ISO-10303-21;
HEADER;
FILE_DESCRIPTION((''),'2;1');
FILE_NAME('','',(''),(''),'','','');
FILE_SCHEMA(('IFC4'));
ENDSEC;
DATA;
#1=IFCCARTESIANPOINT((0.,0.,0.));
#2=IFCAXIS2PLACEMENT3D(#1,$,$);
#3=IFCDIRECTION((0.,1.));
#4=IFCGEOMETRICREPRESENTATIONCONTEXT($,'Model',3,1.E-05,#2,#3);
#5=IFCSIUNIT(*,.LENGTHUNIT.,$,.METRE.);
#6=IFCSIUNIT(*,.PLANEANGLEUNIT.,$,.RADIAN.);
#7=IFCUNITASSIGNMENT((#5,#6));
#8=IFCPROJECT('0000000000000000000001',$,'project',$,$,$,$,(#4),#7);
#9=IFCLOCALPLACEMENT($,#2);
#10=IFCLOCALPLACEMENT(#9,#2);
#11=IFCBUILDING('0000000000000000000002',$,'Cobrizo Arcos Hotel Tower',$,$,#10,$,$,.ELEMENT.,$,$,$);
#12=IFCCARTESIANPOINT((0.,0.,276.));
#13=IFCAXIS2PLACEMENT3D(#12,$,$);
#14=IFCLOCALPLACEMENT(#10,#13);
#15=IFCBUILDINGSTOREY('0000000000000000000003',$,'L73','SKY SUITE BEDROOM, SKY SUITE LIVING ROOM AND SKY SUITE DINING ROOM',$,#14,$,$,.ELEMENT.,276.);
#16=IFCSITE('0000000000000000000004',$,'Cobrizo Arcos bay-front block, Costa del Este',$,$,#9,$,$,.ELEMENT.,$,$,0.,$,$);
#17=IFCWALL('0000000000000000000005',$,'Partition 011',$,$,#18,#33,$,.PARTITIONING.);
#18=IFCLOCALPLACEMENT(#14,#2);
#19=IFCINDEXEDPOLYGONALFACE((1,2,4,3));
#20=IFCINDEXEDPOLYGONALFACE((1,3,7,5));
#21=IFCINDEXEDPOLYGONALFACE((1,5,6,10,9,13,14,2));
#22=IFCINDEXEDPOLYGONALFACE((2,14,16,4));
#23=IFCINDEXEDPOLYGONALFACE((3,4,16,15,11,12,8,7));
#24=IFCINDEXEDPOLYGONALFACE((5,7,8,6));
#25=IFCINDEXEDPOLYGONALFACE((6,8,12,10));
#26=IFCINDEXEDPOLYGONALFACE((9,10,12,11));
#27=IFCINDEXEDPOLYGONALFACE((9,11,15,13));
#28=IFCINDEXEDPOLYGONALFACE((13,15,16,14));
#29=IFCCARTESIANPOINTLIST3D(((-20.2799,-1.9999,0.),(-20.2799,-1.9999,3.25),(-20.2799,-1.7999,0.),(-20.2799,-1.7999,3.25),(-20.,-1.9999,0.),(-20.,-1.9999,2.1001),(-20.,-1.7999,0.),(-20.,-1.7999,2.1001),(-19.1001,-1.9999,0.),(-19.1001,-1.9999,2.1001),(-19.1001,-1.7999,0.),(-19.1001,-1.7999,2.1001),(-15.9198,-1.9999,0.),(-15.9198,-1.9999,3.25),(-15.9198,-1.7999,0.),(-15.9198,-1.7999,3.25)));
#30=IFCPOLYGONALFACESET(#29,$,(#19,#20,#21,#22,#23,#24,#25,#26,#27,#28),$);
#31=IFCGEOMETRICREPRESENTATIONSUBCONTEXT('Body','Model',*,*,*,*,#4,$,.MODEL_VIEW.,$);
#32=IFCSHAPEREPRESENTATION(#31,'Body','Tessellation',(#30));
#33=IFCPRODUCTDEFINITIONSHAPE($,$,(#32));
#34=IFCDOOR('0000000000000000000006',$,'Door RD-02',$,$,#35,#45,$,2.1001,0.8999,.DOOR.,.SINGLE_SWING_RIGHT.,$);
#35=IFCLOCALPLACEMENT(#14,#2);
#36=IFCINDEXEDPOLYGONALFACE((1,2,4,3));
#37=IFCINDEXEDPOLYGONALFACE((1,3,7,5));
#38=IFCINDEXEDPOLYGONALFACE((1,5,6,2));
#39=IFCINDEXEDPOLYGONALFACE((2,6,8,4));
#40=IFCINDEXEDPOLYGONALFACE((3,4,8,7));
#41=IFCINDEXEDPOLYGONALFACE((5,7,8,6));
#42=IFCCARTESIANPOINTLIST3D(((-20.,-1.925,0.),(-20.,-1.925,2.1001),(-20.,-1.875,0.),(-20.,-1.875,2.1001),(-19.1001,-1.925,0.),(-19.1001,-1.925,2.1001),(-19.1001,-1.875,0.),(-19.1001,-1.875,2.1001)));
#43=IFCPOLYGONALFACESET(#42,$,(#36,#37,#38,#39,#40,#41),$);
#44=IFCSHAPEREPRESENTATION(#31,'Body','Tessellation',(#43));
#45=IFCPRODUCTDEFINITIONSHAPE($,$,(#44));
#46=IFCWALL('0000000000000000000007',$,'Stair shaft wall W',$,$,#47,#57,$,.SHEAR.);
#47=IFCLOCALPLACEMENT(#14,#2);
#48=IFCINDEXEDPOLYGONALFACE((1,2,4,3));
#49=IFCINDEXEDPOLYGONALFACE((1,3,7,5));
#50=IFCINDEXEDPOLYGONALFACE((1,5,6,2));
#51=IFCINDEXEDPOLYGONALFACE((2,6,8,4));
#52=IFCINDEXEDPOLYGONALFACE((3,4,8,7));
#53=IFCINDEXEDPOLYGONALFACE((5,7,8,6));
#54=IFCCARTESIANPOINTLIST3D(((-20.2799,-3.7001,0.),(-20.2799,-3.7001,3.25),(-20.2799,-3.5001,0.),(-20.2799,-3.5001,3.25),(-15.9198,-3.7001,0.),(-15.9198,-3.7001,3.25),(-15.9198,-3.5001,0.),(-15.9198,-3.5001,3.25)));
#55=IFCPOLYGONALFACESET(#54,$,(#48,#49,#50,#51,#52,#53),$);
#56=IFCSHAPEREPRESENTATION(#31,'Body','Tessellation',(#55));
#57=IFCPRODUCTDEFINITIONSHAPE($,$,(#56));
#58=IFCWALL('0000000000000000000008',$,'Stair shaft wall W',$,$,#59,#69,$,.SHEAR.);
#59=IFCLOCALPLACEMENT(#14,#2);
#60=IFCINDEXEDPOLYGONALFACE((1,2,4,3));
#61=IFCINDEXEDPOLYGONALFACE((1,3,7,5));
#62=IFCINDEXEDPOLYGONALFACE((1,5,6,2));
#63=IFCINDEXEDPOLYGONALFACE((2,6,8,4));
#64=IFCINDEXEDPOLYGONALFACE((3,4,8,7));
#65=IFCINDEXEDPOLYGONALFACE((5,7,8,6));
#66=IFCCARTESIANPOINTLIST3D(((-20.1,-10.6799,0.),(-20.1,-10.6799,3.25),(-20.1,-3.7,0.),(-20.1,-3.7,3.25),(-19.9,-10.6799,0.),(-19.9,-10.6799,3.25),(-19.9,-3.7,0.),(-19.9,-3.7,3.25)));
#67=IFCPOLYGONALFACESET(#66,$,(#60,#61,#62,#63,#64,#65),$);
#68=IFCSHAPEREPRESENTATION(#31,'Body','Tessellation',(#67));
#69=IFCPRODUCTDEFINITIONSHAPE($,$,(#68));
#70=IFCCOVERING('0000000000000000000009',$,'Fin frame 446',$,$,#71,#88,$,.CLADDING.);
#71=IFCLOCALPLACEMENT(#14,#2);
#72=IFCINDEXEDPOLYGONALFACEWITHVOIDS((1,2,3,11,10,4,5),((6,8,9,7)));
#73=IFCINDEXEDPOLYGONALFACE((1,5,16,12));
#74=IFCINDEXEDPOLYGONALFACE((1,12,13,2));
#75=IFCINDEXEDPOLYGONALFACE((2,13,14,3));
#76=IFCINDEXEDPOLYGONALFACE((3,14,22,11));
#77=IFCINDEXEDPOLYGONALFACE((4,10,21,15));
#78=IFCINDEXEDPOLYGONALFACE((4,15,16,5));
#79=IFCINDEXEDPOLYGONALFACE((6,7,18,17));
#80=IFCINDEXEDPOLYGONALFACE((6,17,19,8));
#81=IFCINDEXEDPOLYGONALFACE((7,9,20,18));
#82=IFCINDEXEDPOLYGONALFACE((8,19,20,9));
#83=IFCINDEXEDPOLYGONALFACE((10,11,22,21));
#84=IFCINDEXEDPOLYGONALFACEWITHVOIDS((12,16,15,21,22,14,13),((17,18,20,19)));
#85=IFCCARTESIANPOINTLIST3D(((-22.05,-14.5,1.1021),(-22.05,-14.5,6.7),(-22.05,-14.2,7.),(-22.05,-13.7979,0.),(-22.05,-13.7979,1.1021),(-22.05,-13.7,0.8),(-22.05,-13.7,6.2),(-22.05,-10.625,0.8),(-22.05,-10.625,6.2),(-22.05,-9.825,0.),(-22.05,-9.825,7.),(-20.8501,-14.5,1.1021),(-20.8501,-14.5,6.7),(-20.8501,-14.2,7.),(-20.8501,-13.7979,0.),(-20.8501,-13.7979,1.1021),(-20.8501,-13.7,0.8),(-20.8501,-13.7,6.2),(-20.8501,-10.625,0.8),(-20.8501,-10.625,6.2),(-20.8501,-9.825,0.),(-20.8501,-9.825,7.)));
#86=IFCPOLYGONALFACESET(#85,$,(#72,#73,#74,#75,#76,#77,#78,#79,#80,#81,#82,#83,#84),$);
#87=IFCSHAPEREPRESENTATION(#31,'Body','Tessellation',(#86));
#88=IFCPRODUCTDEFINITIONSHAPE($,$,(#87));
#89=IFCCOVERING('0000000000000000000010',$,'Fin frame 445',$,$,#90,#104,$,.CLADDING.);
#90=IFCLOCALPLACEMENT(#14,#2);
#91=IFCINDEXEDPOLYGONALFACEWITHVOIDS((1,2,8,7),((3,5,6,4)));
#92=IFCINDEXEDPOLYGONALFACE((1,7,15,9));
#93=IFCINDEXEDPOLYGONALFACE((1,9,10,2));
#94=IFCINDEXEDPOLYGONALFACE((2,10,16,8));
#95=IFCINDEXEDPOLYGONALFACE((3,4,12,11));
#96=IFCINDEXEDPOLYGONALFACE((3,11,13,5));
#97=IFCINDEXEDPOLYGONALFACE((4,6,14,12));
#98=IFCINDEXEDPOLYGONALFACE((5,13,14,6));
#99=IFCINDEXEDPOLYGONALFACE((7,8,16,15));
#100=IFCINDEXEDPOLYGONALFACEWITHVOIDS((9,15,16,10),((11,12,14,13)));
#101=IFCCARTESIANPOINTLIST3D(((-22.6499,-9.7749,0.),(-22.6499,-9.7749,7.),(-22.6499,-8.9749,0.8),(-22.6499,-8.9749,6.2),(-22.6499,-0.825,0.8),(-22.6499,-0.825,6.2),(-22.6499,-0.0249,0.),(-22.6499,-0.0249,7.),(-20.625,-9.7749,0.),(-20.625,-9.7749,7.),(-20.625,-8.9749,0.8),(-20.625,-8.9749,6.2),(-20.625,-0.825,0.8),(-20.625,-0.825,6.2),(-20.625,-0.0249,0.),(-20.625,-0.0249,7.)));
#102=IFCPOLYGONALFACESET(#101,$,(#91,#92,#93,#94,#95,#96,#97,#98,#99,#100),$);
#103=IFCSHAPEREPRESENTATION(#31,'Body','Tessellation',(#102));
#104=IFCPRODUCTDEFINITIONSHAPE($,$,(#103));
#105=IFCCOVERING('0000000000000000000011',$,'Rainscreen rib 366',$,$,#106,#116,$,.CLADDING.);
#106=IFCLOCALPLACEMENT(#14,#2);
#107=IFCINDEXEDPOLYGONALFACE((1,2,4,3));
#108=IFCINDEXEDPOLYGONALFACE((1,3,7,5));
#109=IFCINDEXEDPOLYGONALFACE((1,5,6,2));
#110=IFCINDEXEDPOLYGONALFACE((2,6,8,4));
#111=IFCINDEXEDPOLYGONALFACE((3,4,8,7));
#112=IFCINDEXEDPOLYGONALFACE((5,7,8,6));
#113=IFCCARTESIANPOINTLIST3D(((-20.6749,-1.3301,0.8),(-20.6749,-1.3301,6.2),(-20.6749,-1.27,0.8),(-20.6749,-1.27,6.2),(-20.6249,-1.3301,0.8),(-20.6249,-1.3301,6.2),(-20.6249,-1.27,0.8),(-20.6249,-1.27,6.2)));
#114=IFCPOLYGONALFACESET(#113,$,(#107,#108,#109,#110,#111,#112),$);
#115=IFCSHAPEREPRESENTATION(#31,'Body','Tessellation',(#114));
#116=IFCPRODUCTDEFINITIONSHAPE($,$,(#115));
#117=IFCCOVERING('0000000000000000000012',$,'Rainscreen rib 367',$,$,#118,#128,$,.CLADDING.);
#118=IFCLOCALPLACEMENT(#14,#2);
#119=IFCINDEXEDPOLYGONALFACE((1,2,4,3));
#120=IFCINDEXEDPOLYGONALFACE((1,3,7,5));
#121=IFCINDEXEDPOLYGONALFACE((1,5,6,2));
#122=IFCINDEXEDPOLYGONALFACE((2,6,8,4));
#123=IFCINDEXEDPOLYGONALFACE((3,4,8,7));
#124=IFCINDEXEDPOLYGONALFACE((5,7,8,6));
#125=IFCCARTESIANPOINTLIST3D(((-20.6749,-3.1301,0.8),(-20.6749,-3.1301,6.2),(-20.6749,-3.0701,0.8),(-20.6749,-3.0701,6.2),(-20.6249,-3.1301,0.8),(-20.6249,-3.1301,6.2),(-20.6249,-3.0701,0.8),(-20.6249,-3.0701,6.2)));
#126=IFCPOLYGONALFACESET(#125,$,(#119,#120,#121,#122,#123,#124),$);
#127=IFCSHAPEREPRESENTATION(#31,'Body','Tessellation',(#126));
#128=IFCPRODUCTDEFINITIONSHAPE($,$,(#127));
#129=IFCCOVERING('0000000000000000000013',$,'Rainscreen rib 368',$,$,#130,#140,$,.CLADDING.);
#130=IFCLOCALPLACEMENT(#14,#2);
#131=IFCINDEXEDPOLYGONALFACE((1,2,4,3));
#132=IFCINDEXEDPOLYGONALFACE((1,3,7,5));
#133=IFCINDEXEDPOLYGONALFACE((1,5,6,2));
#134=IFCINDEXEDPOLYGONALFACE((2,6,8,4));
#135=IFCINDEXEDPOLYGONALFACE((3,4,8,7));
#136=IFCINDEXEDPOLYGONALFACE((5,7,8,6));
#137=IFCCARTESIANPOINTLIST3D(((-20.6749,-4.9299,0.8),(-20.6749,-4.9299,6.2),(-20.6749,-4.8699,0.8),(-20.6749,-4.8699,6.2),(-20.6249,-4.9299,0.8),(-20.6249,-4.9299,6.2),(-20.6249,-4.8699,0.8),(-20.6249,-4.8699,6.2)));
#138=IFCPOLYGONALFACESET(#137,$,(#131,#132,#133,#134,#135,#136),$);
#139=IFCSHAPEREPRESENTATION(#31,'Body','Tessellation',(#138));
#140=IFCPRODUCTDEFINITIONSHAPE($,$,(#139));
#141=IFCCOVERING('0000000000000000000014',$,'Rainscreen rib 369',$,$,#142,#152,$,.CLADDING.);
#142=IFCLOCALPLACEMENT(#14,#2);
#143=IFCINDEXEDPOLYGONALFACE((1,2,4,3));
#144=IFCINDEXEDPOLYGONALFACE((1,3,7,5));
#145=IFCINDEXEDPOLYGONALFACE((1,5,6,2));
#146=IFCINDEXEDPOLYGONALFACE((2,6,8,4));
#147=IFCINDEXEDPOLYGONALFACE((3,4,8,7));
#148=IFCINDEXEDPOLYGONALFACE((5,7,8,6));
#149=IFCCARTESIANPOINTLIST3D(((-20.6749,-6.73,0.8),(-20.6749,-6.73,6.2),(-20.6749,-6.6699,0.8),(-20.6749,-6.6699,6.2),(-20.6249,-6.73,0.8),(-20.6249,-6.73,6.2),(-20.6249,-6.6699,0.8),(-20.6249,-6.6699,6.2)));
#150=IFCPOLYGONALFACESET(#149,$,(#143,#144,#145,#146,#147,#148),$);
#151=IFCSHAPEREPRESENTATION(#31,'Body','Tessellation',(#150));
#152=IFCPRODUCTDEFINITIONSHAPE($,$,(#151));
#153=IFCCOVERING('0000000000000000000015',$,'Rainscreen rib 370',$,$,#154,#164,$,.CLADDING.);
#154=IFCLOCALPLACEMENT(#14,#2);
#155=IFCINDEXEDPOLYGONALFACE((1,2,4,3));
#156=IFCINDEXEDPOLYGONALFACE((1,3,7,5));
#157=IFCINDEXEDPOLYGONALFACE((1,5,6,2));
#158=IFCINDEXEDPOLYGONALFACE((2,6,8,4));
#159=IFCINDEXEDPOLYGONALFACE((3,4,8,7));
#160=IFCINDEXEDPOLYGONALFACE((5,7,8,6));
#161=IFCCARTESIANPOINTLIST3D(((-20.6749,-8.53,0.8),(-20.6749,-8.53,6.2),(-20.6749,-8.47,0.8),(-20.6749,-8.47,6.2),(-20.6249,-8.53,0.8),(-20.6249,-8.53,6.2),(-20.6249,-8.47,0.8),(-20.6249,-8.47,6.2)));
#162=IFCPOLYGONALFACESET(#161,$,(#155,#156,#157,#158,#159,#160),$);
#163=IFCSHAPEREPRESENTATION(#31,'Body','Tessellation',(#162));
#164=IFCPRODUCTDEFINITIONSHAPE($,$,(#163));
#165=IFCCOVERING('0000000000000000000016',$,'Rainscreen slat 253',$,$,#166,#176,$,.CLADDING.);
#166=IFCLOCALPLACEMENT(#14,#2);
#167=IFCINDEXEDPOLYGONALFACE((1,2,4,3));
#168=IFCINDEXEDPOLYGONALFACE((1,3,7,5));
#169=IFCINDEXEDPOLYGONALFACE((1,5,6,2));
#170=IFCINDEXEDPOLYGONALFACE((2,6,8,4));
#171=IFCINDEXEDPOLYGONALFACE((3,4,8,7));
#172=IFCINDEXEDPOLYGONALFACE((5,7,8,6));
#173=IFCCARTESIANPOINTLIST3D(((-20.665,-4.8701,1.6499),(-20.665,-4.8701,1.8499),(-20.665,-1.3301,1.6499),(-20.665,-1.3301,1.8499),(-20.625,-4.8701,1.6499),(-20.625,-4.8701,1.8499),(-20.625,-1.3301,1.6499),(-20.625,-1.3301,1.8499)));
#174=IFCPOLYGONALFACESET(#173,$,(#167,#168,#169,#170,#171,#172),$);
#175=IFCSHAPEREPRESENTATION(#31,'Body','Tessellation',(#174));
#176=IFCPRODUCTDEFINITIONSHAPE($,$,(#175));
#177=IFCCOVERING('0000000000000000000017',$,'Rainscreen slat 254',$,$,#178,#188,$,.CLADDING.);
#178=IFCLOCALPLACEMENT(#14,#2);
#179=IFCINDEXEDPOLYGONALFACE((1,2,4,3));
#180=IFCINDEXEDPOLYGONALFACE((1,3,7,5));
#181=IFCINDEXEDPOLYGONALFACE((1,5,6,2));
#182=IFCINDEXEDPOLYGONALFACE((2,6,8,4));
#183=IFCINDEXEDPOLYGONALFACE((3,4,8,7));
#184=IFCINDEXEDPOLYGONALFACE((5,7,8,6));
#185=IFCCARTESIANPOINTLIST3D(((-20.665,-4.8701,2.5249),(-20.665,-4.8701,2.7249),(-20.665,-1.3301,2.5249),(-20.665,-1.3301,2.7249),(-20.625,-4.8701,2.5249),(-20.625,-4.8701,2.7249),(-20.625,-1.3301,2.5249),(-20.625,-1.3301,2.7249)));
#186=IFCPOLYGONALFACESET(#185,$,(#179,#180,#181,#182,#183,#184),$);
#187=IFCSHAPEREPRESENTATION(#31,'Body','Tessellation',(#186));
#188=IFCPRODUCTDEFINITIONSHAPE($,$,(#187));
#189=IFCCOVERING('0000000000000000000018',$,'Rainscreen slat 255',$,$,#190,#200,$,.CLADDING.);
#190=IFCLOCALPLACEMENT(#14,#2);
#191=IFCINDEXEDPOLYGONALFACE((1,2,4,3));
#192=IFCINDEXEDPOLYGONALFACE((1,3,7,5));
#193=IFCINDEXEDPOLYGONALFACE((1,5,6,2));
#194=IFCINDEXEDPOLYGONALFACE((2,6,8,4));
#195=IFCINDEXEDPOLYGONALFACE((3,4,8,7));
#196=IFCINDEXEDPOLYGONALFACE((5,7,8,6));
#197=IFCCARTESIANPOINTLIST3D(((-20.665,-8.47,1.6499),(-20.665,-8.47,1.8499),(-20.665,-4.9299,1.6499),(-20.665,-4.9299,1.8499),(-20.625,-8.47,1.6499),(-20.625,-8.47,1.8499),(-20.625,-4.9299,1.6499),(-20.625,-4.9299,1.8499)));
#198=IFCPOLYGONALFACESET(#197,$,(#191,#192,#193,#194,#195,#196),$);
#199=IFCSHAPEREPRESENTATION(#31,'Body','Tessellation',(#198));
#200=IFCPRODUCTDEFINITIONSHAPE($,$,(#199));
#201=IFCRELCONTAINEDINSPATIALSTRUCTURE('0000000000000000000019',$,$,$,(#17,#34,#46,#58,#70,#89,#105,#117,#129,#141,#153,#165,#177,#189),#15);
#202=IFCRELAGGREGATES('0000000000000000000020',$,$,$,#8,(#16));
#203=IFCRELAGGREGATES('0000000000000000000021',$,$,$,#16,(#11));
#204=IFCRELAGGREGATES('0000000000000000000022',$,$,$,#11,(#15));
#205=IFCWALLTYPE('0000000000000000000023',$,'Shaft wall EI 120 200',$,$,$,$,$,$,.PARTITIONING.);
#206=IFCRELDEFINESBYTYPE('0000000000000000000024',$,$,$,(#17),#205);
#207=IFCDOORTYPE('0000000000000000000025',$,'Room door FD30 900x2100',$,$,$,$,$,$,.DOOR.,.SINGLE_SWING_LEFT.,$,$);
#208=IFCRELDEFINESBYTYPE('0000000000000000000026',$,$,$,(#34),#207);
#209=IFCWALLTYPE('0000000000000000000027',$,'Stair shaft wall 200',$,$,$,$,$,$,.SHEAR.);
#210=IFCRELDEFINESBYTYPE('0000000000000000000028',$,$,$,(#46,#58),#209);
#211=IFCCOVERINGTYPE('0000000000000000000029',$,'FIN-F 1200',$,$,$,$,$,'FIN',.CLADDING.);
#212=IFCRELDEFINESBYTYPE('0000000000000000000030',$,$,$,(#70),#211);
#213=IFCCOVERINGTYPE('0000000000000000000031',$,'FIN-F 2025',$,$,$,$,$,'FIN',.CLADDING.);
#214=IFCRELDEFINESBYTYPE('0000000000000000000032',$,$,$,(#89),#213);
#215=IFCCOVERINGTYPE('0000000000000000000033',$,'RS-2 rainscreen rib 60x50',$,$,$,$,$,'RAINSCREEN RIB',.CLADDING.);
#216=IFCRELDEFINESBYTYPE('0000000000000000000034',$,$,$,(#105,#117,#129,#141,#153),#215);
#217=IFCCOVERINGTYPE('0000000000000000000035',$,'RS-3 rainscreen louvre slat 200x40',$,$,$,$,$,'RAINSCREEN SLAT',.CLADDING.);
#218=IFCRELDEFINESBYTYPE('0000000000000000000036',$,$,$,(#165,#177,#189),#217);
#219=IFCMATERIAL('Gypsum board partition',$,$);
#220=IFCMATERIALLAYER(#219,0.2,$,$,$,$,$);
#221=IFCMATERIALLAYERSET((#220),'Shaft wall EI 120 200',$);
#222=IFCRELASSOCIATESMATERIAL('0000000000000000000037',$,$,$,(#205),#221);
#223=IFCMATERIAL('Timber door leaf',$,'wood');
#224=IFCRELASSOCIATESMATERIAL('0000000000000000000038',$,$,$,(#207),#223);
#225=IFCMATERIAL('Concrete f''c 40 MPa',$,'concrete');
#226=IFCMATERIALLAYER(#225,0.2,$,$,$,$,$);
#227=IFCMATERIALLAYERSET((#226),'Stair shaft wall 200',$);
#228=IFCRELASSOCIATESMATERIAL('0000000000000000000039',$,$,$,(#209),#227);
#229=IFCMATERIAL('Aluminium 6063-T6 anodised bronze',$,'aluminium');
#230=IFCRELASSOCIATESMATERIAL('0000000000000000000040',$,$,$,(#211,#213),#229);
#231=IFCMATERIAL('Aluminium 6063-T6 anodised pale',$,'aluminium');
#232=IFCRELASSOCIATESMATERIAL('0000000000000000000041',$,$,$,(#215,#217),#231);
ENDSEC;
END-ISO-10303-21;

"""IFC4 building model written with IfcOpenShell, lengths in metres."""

from ifc_helpers import new_model, si_unit, direction, frame, frame_2d, origin, origin_2d, place, context, subcontext, project, spatial, polyline, rectangle, outline, extrude, material, layer, layer_set, type_object, element, fill, save


model = new_model("IFC4")

# Units and contexts
model_context = context("Model", 3, precision=1e-05, world=origin(), true_north=direction((0.0, 1.0)))
body_context = subcontext(model_context, "Body", "Model", "MODEL_VIEW")
ifc_project = project(units=[si_unit("LENGTHUNIT", "METRE"), si_unit("PLANEANGLEUNIT", "RADIAN")], contexts=[model_context])

# Site, building, storey
site_placement = place(None, origin())
site = spatial("IfcSite", under=ifc_project, at=site_placement, Name="Cobrizo Arcos bay-front block, Costa del Este", CompositionType="ELEMENT", RefElevation=0.0)
building_placement = place(site_placement, origin())
building = spatial("IfcBuilding", under=site, at=building_placement, Name="Cobrizo Arcos Hotel Tower", CompositionType="ELEMENT")
storey_placement = place(building_placement, frame((0.0, 0.0, 276.0)))
storey = spatial("IfcBuildingStorey", under=building, at=storey_placement, Name="L73", Description="SKY SUITE BEDROOM, SKY SUITE LIVING ROOM AND SKY SUITE DINING ROOM", CompositionType="ELEMENT", Elevation=276.0)

# Wall, opening, door
ifc_material_1 = material(Name="Gypsum board partition")
ifc_layer_1 = layer(ifc_material_1, 0.2)
ifc_layer_set_1 = layer_set([ifc_layer_1], Name="Shaft wall EI 120 200")
wall_type_1 = type_object("IfcWallType", Name="Shaft wall EI 120 200", PredefinedType="PARTITIONING", material=ifc_layer_set_1)
wall_1_placement = place(storey_placement, frame((-20.28, -1.8999, 0.0), z_axis=(0.0, 0.0, 1.0), x_axis=(1.0, 0.0, 0.0)))
wall_1 = element("IfcWall", 1, at=wall_1_placement, inside=storey, type_object=wall_type_1, Name="Partition 011", PredefinedType="PARTITIONING", context=body_context, shape_type="SweptSolid", body=[
    extrude(rectangle(XDim=4.3601, YDim=0.2, at=frame_2d((2.1802, 0.0))), origin(), (0.0, 0.0, 1.0), 3.25),
])
opening_placement = place(wall_1_placement, frame((0.28, 0.0, 0.0)))
opening = element("IfcOpeningElement", 2, at=opening_placement, cuts=wall_1, PredefinedType="OPENING", context=body_context, shape_type="SweptSolid", body=[
    extrude(rectangle(XDim=0.8999, YDim=2.1001, at=frame_2d((0.45, 1.05))), frame((0.0, 0.1121, 0.0), z_axis=(0.0, -1.0, 0.0), x_axis=(1.0, 0.0, 0.0)), (0.0, 0.0, 1.0), 0.2239),
])
ifc_material_2 = material(Name="Timber door leaf", Category="wood")
door_type = type_object("IfcDoorType", Name="Room door FD30 900x2100", OperationType="SINGLE_SWING_LEFT", PredefinedType="DOOR", material=ifc_material_2)
door_placement = place(opening_placement, origin())
door = element("IfcDoor", 3, at=door_placement, inside=storey, type_object=door_type, Name="Door RD-02", OperationType="SINGLE_SWING_RIGHT", OverallHeight=2.1001, OverallWidth=0.8999, PredefinedType="DOOR", context=body_context, shape_type="SweptSolid", body=[
    extrude(rectangle(XDim=0.8999, YDim=2.1001, at=frame_2d((0.45, 1.05))), frame((0.0, 0.0249, 0.0), z_axis=(0.0, -1.0, 0.0), x_axis=(1.0, 0.0, 0.0)), (0.0, 0.0, 1.0), 0.05),
])
fill(opening, door)

# Walls
ifc_material_3 = material(Name="Concrete f'c 40 MPa", Category="concrete")
ifc_layer_2 = layer(ifc_material_3, 0.2)
ifc_layer_set_2 = layer_set([ifc_layer_2], Name="Stair shaft wall 200")
wall_type_2 = type_object("IfcWallType", Name="Stair shaft wall 200", PredefinedType="SHEAR", material=ifc_layer_set_2)
wall_2_placement = place(storey_placement, frame((-20.28, -3.6001, 0.0), z_axis=(0.0, 0.0, 1.0), x_axis=(1.0, 0.0, 0.0)))
element("IfcWall", 4, at=wall_2_placement, inside=storey, type_object=wall_type_2, Name="Stair shaft wall W", PredefinedType="SHEAR", context=body_context, shape_type="SweptSolid", body=[
    extrude(rectangle(XDim=4.3601, YDim=0.2, at=frame_2d((2.1802, 0.0))), origin(), (0.0, 0.0, 1.0), 3.25),
])
wall_3_placement = place(storey_placement, frame((-20.0, -10.6799, 0.0), z_axis=(0.0, 0.0, 1.0), x_axis=(0.0, 1.0, 0.0)))
element("IfcWall", 5, at=wall_3_placement, inside=storey, type_object=wall_type_2, Name="Stair shaft wall W", PredefinedType="SHEAR", context=body_context, shape_type="SweptSolid", body=[
    extrude(rectangle(XDim=6.98, YDim=0.2, at=frame_2d((3.49, 0.0))), origin(), (0.0, 0.0, 1.0), 3.25),
])

# Coverings
ifc_material_4 = material(Name="Aluminium 6063-T6 anodised bronze", Category="aluminium")
covering_type_1 = type_object("IfcCoveringType", Name="FIN-F 1200", ElementType="FIN", PredefinedType="CLADDING", material=ifc_material_4)
covering_1_placement = place(storey_placement, frame((-20.8501, -9.825, 0.0), z_axis=(-1.0, 0.0, 0.0), x_axis=(0.0, -1.0, 0.0)))
element("IfcCovering", 6, at=covering_1_placement, inside=storey, type_object=covering_type_1, Name="Fin frame 446", PredefinedType="CLADDING", context=body_context, shape_type="SweptSolid", body=[
    extrude(outline(polyline([(0.0, 0.0), (3.9729, 0.0), (3.9729, 1.1021), (4.675, 1.1021), (4.675, 6.7), (4.375, 7.0), (0.0, 7.0), (0.0, 0.0)]), holes=[polyline([(3.875, 0.8), (0.8, 0.8), (0.8, 6.2), (3.875, 6.2), (3.875, 0.8)])]), origin(), (0.0, 0.0, 1.0), 1.2),
])
covering_type_2 = type_object("IfcCoveringType", Name="FIN-F 2025", ElementType="FIN", PredefinedType="CLADDING", material=ifc_material_4)
covering_2_placement = place(storey_placement, frame((-20.625, -0.0249, 0.0), z_axis=(-1.0, 0.0, 0.0), x_axis=(0.0, -1.0, 0.0)))
element("IfcCovering", 7, at=covering_2_placement, inside=storey, type_object=covering_type_2, Name="Fin frame 445", PredefinedType="CLADDING", context=body_context, shape_type="SweptSolid", body=[
    extrude(outline(polyline([(0.0, 7.0), (0.0, 0.0), (9.75, 0.0), (9.75, 7.0), (0.0, 7.0)]), holes=[polyline([(8.95, 0.8), (0.8, 0.8), (0.8, 6.2), (8.95, 6.2), (8.95, 0.8)])]), origin(), (0.0, 0.0, 1.0), 2.0249),
])
ifc_material_5 = material(Name="Aluminium 6063-T6 anodised pale", Category="aluminium")
covering_type_3 = type_object("IfcCoveringType", Name="RS-2 rainscreen rib 60x50", ElementType="RAINSCREEN RIB", PredefinedType="CLADDING", material=ifc_material_5)
for number, where, z_axis, x_axis, name in (
    (8, (-20.6499, -1.3, 0.8), (0.0, 0.0, 1.0), (0.0, -1.0, 0.0), "Rainscreen rib 366"),
    (9, (-20.6499, -3.1001, 0.8), (0.0, 0.0, 1.0), (0.0, -1.0, 0.0), "Rainscreen rib 367"),
    (10, (-20.6499, -4.8999, 0.8), (0.0, 0.0, 1.0), (0.0, -1.0, 0.0), "Rainscreen rib 368"),
    (11, (-20.6499, -6.7, 0.8), (0.0, 0.0, 1.0), (0.0, -1.0, 0.0), "Rainscreen rib 369"),
    (12, (-20.6499, -8.5, 0.8), (0.0, 0.0, 1.0), (0.0, -1.0, 0.0), "Rainscreen rib 370"),
):
    element("IfcCovering", number, at=place(storey_placement, frame(where, z_axis=z_axis, x_axis=x_axis)), inside=storey, type_object=covering_type_3, Name=name, PredefinedType="CLADDING", context=body_context, shape_type="SweptSolid", body=[
        extrude(rectangle(XDim=0.0601, YDim=0.05, at=origin_2d()), origin(), (0.0, 0.0, 1.0), 5.3999),
    ])
covering_type_4 = type_object("IfcCoveringType", Name="RS-3 rainscreen louvre slat 200x40", ElementType="RAINSCREEN SLAT", PredefinedType="CLADDING", material=ifc_material_5)
for number, where, z_axis, x_axis, name in (
    (13, (-20.645, -3.1001, 1.6499), (0.0, 0.0, 1.0), (0.0, -1.0, 0.0), "Rainscreen slat 253"),
    (14, (-20.645, -3.1001, 2.5249), (0.0, 0.0, 1.0), (0.0, -1.0, 0.0), "Rainscreen slat 254"),
    (15, (-20.645, -6.7, 1.6499), (0.0, 0.0, 1.0), (0.0, -1.0, 0.0), "Rainscreen slat 255"),
):
    element("IfcCovering", number, at=place(storey_placement, frame(where, z_axis=z_axis, x_axis=x_axis)), inside=storey, type_object=covering_type_4, Name=name, PredefinedType="CLADDING", context=body_context, shape_type="SweptSolid", body=[
        extrude(rectangle(XDim=3.54, YDim=0.04, at=origin_2d()), origin(), (0.0, 0.0, 1.0), 0.2),
    ])

save(model, "model.ifc")
